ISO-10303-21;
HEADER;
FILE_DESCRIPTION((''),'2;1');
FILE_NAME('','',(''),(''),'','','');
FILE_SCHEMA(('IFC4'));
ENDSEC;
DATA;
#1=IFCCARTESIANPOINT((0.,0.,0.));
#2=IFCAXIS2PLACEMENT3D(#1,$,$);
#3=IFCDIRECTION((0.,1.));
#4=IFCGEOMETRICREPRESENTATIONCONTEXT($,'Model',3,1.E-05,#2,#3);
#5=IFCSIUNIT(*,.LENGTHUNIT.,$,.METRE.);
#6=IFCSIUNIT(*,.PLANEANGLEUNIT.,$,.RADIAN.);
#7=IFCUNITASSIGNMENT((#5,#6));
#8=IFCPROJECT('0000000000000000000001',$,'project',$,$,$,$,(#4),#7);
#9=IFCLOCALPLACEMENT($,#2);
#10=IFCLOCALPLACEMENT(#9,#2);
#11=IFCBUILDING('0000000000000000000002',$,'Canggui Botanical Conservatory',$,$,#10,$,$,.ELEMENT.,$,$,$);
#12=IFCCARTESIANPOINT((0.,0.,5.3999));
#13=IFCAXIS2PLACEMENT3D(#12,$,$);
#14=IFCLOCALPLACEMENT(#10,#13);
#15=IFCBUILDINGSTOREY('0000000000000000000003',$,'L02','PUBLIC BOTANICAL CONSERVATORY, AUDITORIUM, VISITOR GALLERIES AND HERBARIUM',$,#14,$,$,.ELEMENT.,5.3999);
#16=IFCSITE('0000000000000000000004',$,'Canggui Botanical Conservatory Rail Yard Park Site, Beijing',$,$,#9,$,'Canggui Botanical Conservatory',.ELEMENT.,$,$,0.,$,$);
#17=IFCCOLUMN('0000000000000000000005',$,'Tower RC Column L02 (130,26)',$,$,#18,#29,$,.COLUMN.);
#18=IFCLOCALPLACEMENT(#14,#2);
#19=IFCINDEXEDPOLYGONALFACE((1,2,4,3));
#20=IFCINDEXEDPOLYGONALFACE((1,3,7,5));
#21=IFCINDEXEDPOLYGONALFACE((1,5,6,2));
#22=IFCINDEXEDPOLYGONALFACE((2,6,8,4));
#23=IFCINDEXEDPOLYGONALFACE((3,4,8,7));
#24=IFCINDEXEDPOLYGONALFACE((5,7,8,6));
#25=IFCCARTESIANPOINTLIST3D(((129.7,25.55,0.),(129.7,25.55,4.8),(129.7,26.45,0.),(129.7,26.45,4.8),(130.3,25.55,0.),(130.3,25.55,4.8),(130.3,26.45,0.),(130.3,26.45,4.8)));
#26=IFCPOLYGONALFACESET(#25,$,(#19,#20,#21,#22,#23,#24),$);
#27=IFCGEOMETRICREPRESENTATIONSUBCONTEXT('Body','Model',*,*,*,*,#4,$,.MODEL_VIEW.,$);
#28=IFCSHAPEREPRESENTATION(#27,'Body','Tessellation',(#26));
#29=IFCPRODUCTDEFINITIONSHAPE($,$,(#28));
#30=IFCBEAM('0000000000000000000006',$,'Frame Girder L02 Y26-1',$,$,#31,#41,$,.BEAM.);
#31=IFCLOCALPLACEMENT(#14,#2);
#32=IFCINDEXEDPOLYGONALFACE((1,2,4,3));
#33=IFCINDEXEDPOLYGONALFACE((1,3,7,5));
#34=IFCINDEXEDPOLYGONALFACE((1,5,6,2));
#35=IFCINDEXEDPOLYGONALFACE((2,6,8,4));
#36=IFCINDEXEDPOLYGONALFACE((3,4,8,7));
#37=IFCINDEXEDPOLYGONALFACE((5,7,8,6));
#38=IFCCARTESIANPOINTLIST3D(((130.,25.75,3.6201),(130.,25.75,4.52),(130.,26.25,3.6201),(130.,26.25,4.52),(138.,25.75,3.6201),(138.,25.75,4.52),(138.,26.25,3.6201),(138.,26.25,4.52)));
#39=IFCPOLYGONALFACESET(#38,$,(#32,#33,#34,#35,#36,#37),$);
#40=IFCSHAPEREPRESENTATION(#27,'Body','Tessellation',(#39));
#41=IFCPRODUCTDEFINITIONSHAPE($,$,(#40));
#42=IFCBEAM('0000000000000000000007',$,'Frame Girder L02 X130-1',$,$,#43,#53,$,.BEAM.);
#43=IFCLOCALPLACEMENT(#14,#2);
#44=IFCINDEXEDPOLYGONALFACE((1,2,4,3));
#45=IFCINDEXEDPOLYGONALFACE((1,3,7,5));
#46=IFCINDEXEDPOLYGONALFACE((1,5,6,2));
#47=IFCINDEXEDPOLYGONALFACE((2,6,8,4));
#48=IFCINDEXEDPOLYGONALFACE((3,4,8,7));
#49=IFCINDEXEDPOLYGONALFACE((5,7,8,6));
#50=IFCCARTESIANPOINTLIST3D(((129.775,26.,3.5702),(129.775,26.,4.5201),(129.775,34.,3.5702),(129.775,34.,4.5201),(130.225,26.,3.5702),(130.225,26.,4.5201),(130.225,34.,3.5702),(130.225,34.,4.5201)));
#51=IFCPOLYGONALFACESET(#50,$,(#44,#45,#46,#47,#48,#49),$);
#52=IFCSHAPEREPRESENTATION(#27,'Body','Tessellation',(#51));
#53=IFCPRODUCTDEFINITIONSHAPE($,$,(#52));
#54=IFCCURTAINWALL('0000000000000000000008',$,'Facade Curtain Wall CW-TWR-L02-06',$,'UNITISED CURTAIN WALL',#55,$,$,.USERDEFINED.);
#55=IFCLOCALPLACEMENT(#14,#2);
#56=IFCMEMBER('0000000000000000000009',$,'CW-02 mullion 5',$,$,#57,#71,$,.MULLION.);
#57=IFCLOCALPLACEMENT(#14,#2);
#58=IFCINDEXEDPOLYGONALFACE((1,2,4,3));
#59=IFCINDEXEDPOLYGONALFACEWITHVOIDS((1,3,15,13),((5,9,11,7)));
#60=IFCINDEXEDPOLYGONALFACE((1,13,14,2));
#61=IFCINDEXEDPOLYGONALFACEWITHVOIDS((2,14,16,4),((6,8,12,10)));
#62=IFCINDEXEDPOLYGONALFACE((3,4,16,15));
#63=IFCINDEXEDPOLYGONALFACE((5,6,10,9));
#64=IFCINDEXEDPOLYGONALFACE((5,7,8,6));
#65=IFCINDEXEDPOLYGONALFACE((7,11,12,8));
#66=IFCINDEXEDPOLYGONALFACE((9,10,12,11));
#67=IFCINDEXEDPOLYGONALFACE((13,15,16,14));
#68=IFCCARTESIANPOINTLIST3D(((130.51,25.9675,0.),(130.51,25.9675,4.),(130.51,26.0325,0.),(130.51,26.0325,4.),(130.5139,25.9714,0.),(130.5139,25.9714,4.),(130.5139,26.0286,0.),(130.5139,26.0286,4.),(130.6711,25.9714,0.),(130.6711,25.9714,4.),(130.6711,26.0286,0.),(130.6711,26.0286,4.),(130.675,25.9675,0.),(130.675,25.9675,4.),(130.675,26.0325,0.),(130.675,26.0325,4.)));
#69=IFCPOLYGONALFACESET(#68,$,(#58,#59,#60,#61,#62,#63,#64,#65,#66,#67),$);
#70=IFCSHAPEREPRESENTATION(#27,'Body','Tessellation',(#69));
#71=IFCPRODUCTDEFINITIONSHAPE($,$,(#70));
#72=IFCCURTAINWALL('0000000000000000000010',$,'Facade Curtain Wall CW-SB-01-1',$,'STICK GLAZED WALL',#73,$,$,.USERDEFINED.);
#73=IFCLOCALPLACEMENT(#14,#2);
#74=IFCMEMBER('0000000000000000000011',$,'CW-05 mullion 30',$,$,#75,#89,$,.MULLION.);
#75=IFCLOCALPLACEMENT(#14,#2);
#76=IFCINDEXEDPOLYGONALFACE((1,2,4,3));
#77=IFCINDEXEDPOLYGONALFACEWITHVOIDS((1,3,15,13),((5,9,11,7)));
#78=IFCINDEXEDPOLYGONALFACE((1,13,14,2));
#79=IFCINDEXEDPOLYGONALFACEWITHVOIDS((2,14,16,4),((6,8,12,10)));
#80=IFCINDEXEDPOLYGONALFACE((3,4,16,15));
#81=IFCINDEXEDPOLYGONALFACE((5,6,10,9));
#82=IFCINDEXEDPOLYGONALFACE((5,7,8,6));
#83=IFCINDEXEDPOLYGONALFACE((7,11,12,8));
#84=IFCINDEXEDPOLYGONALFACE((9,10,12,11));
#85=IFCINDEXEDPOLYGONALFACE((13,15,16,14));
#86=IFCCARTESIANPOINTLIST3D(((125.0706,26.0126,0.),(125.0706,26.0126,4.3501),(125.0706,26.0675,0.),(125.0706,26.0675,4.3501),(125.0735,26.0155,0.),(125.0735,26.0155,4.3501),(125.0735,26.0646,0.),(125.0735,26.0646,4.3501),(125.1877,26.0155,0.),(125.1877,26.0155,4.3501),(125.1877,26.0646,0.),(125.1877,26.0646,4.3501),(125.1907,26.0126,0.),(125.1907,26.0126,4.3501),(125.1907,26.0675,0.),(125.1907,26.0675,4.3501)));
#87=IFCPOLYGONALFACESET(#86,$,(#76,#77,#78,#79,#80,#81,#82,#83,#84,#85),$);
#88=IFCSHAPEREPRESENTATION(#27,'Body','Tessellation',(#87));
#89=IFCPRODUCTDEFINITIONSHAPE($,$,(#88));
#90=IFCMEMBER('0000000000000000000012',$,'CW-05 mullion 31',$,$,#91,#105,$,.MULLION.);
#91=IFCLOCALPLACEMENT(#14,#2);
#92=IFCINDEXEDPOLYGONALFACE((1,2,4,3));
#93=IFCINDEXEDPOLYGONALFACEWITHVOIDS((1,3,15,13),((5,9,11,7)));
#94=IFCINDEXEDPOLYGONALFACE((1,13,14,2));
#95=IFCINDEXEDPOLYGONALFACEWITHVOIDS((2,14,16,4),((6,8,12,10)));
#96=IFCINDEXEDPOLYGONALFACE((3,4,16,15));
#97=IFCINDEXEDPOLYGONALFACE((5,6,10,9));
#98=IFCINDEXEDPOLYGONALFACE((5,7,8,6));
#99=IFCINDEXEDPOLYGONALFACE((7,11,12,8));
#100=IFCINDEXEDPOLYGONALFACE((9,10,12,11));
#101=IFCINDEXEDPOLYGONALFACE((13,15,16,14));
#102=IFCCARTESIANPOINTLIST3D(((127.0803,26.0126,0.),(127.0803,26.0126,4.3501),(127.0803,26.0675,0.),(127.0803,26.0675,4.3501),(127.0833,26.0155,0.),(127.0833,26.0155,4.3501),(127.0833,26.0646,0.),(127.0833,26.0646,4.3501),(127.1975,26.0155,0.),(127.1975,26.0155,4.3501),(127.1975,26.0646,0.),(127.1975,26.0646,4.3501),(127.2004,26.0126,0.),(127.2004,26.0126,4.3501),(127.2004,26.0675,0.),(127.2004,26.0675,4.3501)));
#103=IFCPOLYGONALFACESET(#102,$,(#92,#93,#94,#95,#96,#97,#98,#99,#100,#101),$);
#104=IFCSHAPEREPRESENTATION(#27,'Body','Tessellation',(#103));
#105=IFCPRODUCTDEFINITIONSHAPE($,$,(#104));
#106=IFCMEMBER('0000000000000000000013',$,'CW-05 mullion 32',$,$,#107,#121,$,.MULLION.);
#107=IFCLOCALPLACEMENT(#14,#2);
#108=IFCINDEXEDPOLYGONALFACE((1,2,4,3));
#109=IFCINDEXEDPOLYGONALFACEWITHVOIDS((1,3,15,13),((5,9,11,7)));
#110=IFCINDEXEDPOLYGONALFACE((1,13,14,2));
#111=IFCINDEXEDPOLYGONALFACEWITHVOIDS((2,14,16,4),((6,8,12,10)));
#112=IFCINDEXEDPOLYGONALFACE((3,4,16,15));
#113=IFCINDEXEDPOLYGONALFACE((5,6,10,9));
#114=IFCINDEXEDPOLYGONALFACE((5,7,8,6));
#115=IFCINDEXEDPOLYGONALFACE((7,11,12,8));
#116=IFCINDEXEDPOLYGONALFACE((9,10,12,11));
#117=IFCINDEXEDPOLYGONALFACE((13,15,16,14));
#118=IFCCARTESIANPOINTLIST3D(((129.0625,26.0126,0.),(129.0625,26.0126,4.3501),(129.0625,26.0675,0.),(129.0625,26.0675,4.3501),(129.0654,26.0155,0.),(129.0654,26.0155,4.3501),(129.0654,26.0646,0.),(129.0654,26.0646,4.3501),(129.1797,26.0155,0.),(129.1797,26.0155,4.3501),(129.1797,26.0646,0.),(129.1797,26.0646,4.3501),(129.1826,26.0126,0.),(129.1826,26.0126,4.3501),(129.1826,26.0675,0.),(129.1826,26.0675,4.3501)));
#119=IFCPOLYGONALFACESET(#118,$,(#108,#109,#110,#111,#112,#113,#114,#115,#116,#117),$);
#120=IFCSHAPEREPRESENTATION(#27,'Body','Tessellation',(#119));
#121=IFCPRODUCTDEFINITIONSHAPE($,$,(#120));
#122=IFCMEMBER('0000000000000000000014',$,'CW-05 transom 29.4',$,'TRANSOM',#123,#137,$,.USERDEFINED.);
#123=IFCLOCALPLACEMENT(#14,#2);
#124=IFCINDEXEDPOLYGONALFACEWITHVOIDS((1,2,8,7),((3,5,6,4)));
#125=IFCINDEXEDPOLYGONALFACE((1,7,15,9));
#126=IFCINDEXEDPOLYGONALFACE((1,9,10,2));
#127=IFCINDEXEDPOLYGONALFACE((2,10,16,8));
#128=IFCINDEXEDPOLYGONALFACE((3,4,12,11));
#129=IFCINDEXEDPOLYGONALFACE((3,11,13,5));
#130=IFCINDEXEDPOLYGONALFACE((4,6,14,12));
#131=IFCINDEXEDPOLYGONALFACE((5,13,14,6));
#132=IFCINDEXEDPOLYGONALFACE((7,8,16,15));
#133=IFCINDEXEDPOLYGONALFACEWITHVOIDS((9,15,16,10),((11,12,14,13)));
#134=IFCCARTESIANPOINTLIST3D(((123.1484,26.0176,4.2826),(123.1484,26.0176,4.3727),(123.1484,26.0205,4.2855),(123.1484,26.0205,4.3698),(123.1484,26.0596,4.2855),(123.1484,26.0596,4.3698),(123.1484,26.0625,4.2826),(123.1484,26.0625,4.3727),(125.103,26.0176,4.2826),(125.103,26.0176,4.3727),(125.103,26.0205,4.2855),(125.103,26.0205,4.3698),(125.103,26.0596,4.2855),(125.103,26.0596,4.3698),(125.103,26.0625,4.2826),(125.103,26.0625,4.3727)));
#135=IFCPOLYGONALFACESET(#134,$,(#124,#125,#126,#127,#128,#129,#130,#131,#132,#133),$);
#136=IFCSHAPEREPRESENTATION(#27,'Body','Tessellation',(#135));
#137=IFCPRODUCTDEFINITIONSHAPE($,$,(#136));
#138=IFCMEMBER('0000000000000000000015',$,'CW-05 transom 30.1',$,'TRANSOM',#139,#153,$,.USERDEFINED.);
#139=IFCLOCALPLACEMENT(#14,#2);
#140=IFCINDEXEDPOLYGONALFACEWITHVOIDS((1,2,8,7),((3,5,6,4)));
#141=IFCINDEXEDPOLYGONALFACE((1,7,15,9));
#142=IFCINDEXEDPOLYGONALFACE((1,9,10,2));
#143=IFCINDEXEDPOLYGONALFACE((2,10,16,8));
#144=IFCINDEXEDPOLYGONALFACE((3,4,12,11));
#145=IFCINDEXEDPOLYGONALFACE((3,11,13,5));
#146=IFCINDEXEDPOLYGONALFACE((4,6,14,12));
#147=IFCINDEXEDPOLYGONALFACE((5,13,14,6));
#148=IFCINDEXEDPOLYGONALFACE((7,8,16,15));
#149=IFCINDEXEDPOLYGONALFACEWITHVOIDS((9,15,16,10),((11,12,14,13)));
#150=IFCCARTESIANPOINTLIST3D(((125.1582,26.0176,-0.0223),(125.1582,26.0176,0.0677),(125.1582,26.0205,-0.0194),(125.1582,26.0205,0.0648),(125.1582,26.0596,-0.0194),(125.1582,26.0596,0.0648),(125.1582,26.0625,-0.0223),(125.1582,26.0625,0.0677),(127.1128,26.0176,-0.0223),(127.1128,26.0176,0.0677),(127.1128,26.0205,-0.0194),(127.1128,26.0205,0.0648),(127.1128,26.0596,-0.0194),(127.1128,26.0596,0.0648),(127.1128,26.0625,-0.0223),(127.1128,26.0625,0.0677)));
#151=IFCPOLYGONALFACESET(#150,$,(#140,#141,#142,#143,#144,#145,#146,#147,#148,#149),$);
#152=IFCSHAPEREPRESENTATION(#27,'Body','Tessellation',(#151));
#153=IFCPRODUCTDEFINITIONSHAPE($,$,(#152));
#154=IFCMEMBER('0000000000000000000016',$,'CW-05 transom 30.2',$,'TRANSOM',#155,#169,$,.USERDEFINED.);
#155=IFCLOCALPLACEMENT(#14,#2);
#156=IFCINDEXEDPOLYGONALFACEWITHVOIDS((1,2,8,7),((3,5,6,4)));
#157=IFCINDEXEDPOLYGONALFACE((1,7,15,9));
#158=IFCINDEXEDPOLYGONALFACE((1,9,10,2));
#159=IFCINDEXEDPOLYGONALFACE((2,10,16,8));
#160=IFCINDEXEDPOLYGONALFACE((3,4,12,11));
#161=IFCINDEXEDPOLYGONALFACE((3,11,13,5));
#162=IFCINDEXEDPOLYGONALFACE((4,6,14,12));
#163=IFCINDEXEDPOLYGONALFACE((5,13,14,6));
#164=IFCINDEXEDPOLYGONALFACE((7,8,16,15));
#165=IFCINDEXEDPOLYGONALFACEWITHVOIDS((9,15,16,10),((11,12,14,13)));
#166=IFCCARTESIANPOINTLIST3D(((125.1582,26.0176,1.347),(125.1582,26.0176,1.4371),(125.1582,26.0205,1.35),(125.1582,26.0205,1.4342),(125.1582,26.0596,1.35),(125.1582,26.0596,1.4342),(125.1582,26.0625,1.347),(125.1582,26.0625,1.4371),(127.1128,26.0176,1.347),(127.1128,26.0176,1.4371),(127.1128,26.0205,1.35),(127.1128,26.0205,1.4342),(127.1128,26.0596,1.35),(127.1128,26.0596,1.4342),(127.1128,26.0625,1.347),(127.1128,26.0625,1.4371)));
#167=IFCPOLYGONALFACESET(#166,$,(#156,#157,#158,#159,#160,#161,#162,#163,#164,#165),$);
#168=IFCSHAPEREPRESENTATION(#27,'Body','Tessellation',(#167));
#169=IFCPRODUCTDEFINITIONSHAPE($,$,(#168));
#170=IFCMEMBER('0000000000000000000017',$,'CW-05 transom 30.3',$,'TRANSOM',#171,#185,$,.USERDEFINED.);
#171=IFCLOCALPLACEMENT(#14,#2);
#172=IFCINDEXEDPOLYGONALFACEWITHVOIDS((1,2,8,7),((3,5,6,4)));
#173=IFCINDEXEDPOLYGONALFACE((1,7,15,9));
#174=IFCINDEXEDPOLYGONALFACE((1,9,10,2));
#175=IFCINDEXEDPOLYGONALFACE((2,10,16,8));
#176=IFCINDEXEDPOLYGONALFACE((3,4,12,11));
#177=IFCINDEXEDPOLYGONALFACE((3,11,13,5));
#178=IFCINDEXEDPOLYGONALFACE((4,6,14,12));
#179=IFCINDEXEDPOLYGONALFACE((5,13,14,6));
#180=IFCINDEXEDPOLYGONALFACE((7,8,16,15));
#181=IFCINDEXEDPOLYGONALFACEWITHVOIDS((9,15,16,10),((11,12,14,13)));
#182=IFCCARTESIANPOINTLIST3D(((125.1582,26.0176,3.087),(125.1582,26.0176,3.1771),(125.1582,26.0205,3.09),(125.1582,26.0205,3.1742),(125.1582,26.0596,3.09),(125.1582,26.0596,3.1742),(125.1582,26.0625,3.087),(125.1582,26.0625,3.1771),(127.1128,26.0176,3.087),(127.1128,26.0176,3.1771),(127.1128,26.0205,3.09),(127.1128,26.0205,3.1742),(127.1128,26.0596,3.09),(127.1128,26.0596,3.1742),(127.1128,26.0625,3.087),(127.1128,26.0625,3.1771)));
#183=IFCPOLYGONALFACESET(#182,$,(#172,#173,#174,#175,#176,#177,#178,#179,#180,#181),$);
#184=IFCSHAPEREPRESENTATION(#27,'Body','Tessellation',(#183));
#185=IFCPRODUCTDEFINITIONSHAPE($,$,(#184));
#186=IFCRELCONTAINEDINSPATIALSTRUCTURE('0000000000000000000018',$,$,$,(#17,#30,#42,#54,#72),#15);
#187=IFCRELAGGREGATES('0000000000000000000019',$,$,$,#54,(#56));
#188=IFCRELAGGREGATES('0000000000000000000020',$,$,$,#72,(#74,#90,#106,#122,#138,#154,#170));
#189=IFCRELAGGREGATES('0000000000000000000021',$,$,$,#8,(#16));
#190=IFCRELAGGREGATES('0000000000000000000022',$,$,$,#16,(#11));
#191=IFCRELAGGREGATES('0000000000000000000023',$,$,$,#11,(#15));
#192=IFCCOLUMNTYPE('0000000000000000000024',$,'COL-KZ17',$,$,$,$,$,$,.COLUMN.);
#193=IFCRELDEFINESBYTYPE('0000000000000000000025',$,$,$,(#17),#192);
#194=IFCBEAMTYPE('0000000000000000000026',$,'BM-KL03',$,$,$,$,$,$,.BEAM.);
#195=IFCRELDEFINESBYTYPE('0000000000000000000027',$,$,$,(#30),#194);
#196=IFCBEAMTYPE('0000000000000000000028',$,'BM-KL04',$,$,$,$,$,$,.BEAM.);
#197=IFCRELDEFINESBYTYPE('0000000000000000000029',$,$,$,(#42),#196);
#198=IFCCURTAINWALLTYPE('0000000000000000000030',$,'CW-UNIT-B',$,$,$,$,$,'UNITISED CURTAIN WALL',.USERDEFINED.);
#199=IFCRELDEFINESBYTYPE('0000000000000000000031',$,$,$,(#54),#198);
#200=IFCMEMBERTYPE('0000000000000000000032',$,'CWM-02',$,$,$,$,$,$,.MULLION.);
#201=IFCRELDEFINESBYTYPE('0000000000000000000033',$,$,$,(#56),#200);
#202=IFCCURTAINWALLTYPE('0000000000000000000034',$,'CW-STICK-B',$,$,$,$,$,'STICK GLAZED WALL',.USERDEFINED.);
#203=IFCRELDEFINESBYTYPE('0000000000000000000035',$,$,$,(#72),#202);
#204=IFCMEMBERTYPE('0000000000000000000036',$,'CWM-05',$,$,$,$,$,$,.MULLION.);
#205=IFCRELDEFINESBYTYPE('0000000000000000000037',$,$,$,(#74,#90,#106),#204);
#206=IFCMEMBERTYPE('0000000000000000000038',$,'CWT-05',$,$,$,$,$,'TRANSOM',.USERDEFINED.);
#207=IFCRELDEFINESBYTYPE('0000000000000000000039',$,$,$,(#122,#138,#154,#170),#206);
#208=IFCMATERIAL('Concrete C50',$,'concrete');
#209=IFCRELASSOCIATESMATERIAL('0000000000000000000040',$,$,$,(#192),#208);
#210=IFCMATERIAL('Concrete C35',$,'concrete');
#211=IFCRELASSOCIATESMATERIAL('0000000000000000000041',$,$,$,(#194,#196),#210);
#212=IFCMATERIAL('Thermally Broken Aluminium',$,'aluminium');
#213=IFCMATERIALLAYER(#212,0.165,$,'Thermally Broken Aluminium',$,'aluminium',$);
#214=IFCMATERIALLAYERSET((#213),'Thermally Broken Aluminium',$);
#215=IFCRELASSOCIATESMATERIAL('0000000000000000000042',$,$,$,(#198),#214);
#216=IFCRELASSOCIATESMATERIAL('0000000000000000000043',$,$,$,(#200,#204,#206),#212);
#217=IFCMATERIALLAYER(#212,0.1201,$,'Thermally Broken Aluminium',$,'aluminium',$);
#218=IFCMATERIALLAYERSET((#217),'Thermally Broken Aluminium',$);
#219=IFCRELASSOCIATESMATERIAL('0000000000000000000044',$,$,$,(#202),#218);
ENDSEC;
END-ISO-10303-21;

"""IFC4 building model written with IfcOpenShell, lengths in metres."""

from ifc_helpers import new_model, si_unit, direction, frame, origin, origin_2d, place, context, subcontext, project, spatial, rectangle, hollow_rectangle, extrude, material, layer, layer_set, material_profile, profile_set, type_object, element, aggregate, save


model = new_model("IFC4")

# Units and contexts
model_context = context("Model", 3, precision=1e-05, world=origin(), true_north=direction((0.0, 1.0)))
body_context = subcontext(model_context, "Body", "Model", "MODEL_VIEW")
ifc_project = project(units=[si_unit("LENGTHUNIT", "METRE"), si_unit("PLANEANGLEUNIT", "RADIAN")], contexts=[model_context])

# Site, building, storey
site_placement = place(None, origin())
site = spatial("IfcSite", under=ifc_project, at=site_placement, Name="Canggui Botanical Conservatory Rail Yard Park Site, Beijing", LongName="Canggui Botanical Conservatory", CompositionType="ELEMENT", RefElevation=0.0)
building_placement = place(site_placement, origin())
building = spatial("IfcBuilding", under=site, at=building_placement, Name="Canggui Botanical Conservatory", CompositionType="ELEMENT")
storey_placement = place(building_placement, frame((0.0, 0.0, 5.3999)))
storey = spatial("IfcBuildingStorey", under=building, at=storey_placement, Name="L02", Description="PUBLIC BOTANICAL CONSERVATORY, AUDITORIUM, VISITOR GALLERIES AND HERBARIUM", CompositionType="ELEMENT", Elevation=5.3999)

# Column
ifc_material_1 = material(Name="Concrete C50", Category="concrete")
ifc_material_profile_1 = material_profile(ifc_material_1, rectangle(XDim=0.6001, YDim=0.8999, at=origin_2d()), Name="RC 600x900")
ifc_profile_set_1 = profile_set([ifc_material_profile_1], Name="Concrete C50")
column_type = type_object("IfcColumnType", Name="COL-KZ17", PredefinedType="COLUMN", material=ifc_profile_set_1)
column_placement = place(storey_placement, frame((130.0, 26.0, 0.0), z_axis=(0.0, 0.0, 1.0), x_axis=(1.0, 0.0, 0.0)))
element("IfcColumn", 1, at=column_placement, inside=storey, type_object=column_type, Name="Tower RC Column L02 (130,26)", PredefinedType="COLUMN", context=body_context, shape_type="SweptSolid", body=[
    extrude(rectangle(XDim=0.6001, YDim=0.8999, at=origin_2d()), origin(), (0.0, 0.0, 1.0), 4.8),
])

# Beams
ifc_material_2 = material(Name="Concrete C35", Category="concrete")
ifc_material_profile_2 = material_profile(ifc_material_2, rectangle(XDim=0.5, YDim=0.8999, at=origin_2d()), Name="RB 500x900")
ifc_profile_set_2 = profile_set([ifc_material_profile_2], Name="Concrete C35")
beam_type_1 = type_object("IfcBeamType", Name="BM-KL03", PredefinedType="BEAM", material=ifc_profile_set_2)
beam_1_placement = place(storey_placement, frame((130.0, 26.0, 4.0701), z_axis=(1.0, 0.0, 0.0), x_axis=(0.0, 1.0, 0.0)))
element("IfcBeam", 2, at=beam_1_placement, inside=storey, type_object=beam_type_1, Name="Frame Girder L02 Y26-1", PredefinedType="BEAM", context=body_context, shape_type="SweptSolid", body=[
    extrude(rectangle(XDim=0.5, YDim=0.8999, at=origin_2d()), origin(), (0.0, 0.0, 1.0), 8.0),
])
ifc_material_profile_3 = material_profile(ifc_material_2, rectangle(XDim=0.45, YDim=0.95, at=origin_2d()), Name="RB 450x950")
ifc_profile_set_3 = profile_set([ifc_material_profile_3], Name="Concrete C35")
beam_type_2 = type_object("IfcBeamType", Name="BM-KL04", PredefinedType="BEAM", material=ifc_profile_set_3)
beam_2_placement = place(storey_placement, frame((130.0, 26.0, 4.0452), z_axis=(0.0, 1.0, 0.0), x_axis=(-1.0, 0.0, 0.0)))
element("IfcBeam", 3, at=beam_2_placement, inside=storey, type_object=beam_type_2, Name="Frame Girder L02 X130-1", PredefinedType="BEAM", context=body_context, shape_type="SweptSolid", body=[
    extrude(rectangle(XDim=0.45, YDim=0.95, at=origin_2d()), origin(), (0.0, 0.0, 1.0), 8.0),
])

# Curtain wall, member
ifc_material_3 = material(Name="Thermally Broken Aluminium", Category="aluminium")
ifc_layer_1 = layer(ifc_material_3, 0.165, Name="Thermally Broken Aluminium", Category="aluminium")
ifc_layer_set_1 = layer_set([ifc_layer_1], Name="Thermally Broken Aluminium")
curtain_wall_type_1 = type_object("IfcCurtainWallType", Name="CW-UNIT-B", ElementType="UNITISED CURTAIN WALL", PredefinedType="USERDEFINED", material=ifc_layer_set_1)
curtain_wall_1_placement = place(storey_placement, origin())
curtain_wall_1 = element("IfcCurtainWall", 4, at=curtain_wall_1_placement, inside=storey, type_object=curtain_wall_type_1, Name="Facade Curtain Wall CW-TWR-L02-06", ObjectType="UNITISED CURTAIN WALL", PredefinedType="USERDEFINED")
ifc_material_profile_4 = material_profile(ifc_material_3, hollow_rectangle(XDim=0.0649, YDim=0.165, WallThickness=0.0039, at=origin_2d()), Name="CWM 65x165x4")
ifc_profile_set_4 = profile_set([ifc_material_profile_4], Name="Thermally Broken Aluminium")
member_type_1 = type_object("IfcMemberType", Name="CWM-02", PredefinedType="MULLION", material=ifc_profile_set_4)
member_1_placement = place(storey_placement, frame((130.5925, 26.0, 0.0), z_axis=(0.0, 0.0, 1.0), x_axis=(0.0, -1.0, 0.0)))
member_1 = element("IfcMember", 5, at=member_1_placement, type_object=member_type_1, Name="CW-02 mullion 5", PredefinedType="MULLION", context=body_context, shape_type="SweptSolid", body=[
    extrude(hollow_rectangle(XDim=0.0649, YDim=0.165, WallThickness=0.0039, at=origin_2d()), origin(), (0.0, 0.0, 1.0), 4.0),
])

# Curtain wall, members
ifc_layer_2 = layer(ifc_material_3, 0.1201, Name="Thermally Broken Aluminium", Category="aluminium")
ifc_layer_set_2 = layer_set([ifc_layer_2], Name="Thermally Broken Aluminium")
curtain_wall_type_2 = type_object("IfcCurtainWallType", Name="CW-STICK-B", ElementType="STICK GLAZED WALL", PredefinedType="USERDEFINED", material=ifc_layer_set_2)
curtain_wall_2_placement = place(storey_placement, origin())
curtain_wall_2 = element("IfcCurtainWall", 6, at=curtain_wall_2_placement, inside=storey, type_object=curtain_wall_type_2, Name="Facade Curtain Wall CW-SB-01-1", ObjectType="STICK GLAZED WALL", PredefinedType="USERDEFINED")
ifc_material_profile_5 = material_profile(ifc_material_3, hollow_rectangle(XDim=0.0549, YDim=0.1201, WallThickness=0.0029, at=origin_2d()), Name="CWM 55x120x3")
ifc_profile_set_5 = profile_set([ifc_material_profile_5], Name="Thermally Broken Aluminium")
member_type_2 = type_object("IfcMemberType", Name="CWM-05", PredefinedType="MULLION", material=ifc_profile_set_5)
member_2_placement = place(storey_placement, frame((125.1306, 26.04, 0.0), z_axis=(0.0, 0.0, 1.0), x_axis=(0.0, 1.0, 0.0)))
member_2 = element("IfcMember", 7, at=member_2_placement, type_object=member_type_2, Name="CW-05 mullion 30", PredefinedType="MULLION", context=body_context, shape_type="SweptSolid", body=[
    extrude(hollow_rectangle(XDim=0.0549, YDim=0.1201, WallThickness=0.0029, at=origin_2d()), origin(), (0.0, 0.0, 1.0), 4.3501),
])
member_3_placement = place(storey_placement, frame((127.1404, 26.04, 0.0), z_axis=(0.0, 0.0, 1.0), x_axis=(0.0, 1.0, 0.0)))
member_3 = element("IfcMember", 8, at=member_3_placement, type_object=member_type_2, Name="CW-05 mullion 31", PredefinedType="MULLION", context=body_context, shape_type="SweptSolid", body=[
    extrude(hollow_rectangle(XDim=0.0549, YDim=0.1201, WallThickness=0.0029, at=origin_2d()), origin(), (0.0, 0.0, 1.0), 4.3501),
])
member_4_placement = place(storey_placement, frame((129.1226, 26.04, 0.0), z_axis=(0.0, 0.0, 1.0), x_axis=(0.0, 1.0, 0.0)))
member_4 = element("IfcMember", 9, at=member_4_placement, type_object=member_type_2, Name="CW-05 mullion 32", PredefinedType="MULLION", context=body_context, shape_type="SweptSolid", body=[
    extrude(hollow_rectangle(XDim=0.0549, YDim=0.1201, WallThickness=0.0029, at=origin_2d()), origin(), (0.0, 0.0, 1.0), 4.3501),
])
ifc_material_profile_6 = material_profile(ifc_material_3, hollow_rectangle(XDim=0.0449, YDim=0.0901, WallThickness=0.0029, at=origin_2d()), Name="CWT 45x90x3")
ifc_profile_set_6 = profile_set([ifc_material_profile_6], Name="Thermally Broken Aluminium")
member_type_3 = type_object("IfcMemberType", Name="CWT-05", ElementType="TRANSOM", PredefinedType="USERDEFINED", material=ifc_profile_set_6)
member_5_placement = place(storey_placement, frame((123.1484, 26.04, 4.3276), z_axis=(1.0, 0.0, 0.0), x_axis=(0.0, 1.0, 0.0)))
member_5 = element("IfcMember", 10, at=member_5_placement, type_object=member_type_3, Name="CW-05 transom 29.4", ObjectType="TRANSOM", PredefinedType="USERDEFINED", context=body_context, shape_type="SweptSolid", body=[
    extrude(hollow_rectangle(XDim=0.0449, YDim=0.0901, WallThickness=0.0029, at=origin_2d()), origin(), (0.0, 0.0, 1.0), 1.9546),
])
member_6_placement = place(storey_placement, frame((125.1582, 26.04, 0.0227), z_axis=(1.0, 0.0, 0.0), x_axis=(0.0, 1.0, 0.0)))
member_6 = element("IfcMember", 11, at=member_6_placement, type_object=member_type_3, Name="CW-05 transom 30.1", ObjectType="TRANSOM", PredefinedType="USERDEFINED", context=body_context, shape_type="SweptSolid", body=[
    extrude(hollow_rectangle(XDim=0.0449, YDim=0.0901, WallThickness=0.0029, at=origin_2d()), origin(), (0.0, 0.0, 1.0), 1.9546),
])
member_7_placement = place(storey_placement, frame((125.1582, 26.04, 1.3921), z_axis=(1.0, 0.0, 0.0), x_axis=(0.0, 1.0, 0.0)))
member_7 = element("IfcMember", 12, at=member_7_placement, type_object=member_type_3, Name="CW-05 transom 30.2", ObjectType="TRANSOM", PredefinedType="USERDEFINED", context=body_context, shape_type="SweptSolid", body=[
    extrude(hollow_rectangle(XDim=0.0449, YDim=0.0901, WallThickness=0.0029, at=origin_2d()), origin(), (0.0, 0.0, 1.0), 1.9546),
])
member_8_placement = place(storey_placement, frame((125.1582, 26.04, 3.1321), z_axis=(1.0, 0.0, 0.0), x_axis=(0.0, 1.0, 0.0)))
member_8 = element("IfcMember", 13, at=member_8_placement, type_object=member_type_3, Name="CW-05 transom 30.3", ObjectType="TRANSOM", PredefinedType="USERDEFINED", context=body_context, shape_type="SweptSolid", body=[
    extrude(hollow_rectangle(XDim=0.0449, YDim=0.0901, WallThickness=0.0029, at=origin_2d()), origin(), (0.0, 0.0, 1.0), 1.9546),
])

aggregate(curtain_wall_1, [member_1])
aggregate(curtain_wall_2, [member_2, member_3, member_4, member_5, member_6, member_7, member_8])

save(model, "model.ifc")
